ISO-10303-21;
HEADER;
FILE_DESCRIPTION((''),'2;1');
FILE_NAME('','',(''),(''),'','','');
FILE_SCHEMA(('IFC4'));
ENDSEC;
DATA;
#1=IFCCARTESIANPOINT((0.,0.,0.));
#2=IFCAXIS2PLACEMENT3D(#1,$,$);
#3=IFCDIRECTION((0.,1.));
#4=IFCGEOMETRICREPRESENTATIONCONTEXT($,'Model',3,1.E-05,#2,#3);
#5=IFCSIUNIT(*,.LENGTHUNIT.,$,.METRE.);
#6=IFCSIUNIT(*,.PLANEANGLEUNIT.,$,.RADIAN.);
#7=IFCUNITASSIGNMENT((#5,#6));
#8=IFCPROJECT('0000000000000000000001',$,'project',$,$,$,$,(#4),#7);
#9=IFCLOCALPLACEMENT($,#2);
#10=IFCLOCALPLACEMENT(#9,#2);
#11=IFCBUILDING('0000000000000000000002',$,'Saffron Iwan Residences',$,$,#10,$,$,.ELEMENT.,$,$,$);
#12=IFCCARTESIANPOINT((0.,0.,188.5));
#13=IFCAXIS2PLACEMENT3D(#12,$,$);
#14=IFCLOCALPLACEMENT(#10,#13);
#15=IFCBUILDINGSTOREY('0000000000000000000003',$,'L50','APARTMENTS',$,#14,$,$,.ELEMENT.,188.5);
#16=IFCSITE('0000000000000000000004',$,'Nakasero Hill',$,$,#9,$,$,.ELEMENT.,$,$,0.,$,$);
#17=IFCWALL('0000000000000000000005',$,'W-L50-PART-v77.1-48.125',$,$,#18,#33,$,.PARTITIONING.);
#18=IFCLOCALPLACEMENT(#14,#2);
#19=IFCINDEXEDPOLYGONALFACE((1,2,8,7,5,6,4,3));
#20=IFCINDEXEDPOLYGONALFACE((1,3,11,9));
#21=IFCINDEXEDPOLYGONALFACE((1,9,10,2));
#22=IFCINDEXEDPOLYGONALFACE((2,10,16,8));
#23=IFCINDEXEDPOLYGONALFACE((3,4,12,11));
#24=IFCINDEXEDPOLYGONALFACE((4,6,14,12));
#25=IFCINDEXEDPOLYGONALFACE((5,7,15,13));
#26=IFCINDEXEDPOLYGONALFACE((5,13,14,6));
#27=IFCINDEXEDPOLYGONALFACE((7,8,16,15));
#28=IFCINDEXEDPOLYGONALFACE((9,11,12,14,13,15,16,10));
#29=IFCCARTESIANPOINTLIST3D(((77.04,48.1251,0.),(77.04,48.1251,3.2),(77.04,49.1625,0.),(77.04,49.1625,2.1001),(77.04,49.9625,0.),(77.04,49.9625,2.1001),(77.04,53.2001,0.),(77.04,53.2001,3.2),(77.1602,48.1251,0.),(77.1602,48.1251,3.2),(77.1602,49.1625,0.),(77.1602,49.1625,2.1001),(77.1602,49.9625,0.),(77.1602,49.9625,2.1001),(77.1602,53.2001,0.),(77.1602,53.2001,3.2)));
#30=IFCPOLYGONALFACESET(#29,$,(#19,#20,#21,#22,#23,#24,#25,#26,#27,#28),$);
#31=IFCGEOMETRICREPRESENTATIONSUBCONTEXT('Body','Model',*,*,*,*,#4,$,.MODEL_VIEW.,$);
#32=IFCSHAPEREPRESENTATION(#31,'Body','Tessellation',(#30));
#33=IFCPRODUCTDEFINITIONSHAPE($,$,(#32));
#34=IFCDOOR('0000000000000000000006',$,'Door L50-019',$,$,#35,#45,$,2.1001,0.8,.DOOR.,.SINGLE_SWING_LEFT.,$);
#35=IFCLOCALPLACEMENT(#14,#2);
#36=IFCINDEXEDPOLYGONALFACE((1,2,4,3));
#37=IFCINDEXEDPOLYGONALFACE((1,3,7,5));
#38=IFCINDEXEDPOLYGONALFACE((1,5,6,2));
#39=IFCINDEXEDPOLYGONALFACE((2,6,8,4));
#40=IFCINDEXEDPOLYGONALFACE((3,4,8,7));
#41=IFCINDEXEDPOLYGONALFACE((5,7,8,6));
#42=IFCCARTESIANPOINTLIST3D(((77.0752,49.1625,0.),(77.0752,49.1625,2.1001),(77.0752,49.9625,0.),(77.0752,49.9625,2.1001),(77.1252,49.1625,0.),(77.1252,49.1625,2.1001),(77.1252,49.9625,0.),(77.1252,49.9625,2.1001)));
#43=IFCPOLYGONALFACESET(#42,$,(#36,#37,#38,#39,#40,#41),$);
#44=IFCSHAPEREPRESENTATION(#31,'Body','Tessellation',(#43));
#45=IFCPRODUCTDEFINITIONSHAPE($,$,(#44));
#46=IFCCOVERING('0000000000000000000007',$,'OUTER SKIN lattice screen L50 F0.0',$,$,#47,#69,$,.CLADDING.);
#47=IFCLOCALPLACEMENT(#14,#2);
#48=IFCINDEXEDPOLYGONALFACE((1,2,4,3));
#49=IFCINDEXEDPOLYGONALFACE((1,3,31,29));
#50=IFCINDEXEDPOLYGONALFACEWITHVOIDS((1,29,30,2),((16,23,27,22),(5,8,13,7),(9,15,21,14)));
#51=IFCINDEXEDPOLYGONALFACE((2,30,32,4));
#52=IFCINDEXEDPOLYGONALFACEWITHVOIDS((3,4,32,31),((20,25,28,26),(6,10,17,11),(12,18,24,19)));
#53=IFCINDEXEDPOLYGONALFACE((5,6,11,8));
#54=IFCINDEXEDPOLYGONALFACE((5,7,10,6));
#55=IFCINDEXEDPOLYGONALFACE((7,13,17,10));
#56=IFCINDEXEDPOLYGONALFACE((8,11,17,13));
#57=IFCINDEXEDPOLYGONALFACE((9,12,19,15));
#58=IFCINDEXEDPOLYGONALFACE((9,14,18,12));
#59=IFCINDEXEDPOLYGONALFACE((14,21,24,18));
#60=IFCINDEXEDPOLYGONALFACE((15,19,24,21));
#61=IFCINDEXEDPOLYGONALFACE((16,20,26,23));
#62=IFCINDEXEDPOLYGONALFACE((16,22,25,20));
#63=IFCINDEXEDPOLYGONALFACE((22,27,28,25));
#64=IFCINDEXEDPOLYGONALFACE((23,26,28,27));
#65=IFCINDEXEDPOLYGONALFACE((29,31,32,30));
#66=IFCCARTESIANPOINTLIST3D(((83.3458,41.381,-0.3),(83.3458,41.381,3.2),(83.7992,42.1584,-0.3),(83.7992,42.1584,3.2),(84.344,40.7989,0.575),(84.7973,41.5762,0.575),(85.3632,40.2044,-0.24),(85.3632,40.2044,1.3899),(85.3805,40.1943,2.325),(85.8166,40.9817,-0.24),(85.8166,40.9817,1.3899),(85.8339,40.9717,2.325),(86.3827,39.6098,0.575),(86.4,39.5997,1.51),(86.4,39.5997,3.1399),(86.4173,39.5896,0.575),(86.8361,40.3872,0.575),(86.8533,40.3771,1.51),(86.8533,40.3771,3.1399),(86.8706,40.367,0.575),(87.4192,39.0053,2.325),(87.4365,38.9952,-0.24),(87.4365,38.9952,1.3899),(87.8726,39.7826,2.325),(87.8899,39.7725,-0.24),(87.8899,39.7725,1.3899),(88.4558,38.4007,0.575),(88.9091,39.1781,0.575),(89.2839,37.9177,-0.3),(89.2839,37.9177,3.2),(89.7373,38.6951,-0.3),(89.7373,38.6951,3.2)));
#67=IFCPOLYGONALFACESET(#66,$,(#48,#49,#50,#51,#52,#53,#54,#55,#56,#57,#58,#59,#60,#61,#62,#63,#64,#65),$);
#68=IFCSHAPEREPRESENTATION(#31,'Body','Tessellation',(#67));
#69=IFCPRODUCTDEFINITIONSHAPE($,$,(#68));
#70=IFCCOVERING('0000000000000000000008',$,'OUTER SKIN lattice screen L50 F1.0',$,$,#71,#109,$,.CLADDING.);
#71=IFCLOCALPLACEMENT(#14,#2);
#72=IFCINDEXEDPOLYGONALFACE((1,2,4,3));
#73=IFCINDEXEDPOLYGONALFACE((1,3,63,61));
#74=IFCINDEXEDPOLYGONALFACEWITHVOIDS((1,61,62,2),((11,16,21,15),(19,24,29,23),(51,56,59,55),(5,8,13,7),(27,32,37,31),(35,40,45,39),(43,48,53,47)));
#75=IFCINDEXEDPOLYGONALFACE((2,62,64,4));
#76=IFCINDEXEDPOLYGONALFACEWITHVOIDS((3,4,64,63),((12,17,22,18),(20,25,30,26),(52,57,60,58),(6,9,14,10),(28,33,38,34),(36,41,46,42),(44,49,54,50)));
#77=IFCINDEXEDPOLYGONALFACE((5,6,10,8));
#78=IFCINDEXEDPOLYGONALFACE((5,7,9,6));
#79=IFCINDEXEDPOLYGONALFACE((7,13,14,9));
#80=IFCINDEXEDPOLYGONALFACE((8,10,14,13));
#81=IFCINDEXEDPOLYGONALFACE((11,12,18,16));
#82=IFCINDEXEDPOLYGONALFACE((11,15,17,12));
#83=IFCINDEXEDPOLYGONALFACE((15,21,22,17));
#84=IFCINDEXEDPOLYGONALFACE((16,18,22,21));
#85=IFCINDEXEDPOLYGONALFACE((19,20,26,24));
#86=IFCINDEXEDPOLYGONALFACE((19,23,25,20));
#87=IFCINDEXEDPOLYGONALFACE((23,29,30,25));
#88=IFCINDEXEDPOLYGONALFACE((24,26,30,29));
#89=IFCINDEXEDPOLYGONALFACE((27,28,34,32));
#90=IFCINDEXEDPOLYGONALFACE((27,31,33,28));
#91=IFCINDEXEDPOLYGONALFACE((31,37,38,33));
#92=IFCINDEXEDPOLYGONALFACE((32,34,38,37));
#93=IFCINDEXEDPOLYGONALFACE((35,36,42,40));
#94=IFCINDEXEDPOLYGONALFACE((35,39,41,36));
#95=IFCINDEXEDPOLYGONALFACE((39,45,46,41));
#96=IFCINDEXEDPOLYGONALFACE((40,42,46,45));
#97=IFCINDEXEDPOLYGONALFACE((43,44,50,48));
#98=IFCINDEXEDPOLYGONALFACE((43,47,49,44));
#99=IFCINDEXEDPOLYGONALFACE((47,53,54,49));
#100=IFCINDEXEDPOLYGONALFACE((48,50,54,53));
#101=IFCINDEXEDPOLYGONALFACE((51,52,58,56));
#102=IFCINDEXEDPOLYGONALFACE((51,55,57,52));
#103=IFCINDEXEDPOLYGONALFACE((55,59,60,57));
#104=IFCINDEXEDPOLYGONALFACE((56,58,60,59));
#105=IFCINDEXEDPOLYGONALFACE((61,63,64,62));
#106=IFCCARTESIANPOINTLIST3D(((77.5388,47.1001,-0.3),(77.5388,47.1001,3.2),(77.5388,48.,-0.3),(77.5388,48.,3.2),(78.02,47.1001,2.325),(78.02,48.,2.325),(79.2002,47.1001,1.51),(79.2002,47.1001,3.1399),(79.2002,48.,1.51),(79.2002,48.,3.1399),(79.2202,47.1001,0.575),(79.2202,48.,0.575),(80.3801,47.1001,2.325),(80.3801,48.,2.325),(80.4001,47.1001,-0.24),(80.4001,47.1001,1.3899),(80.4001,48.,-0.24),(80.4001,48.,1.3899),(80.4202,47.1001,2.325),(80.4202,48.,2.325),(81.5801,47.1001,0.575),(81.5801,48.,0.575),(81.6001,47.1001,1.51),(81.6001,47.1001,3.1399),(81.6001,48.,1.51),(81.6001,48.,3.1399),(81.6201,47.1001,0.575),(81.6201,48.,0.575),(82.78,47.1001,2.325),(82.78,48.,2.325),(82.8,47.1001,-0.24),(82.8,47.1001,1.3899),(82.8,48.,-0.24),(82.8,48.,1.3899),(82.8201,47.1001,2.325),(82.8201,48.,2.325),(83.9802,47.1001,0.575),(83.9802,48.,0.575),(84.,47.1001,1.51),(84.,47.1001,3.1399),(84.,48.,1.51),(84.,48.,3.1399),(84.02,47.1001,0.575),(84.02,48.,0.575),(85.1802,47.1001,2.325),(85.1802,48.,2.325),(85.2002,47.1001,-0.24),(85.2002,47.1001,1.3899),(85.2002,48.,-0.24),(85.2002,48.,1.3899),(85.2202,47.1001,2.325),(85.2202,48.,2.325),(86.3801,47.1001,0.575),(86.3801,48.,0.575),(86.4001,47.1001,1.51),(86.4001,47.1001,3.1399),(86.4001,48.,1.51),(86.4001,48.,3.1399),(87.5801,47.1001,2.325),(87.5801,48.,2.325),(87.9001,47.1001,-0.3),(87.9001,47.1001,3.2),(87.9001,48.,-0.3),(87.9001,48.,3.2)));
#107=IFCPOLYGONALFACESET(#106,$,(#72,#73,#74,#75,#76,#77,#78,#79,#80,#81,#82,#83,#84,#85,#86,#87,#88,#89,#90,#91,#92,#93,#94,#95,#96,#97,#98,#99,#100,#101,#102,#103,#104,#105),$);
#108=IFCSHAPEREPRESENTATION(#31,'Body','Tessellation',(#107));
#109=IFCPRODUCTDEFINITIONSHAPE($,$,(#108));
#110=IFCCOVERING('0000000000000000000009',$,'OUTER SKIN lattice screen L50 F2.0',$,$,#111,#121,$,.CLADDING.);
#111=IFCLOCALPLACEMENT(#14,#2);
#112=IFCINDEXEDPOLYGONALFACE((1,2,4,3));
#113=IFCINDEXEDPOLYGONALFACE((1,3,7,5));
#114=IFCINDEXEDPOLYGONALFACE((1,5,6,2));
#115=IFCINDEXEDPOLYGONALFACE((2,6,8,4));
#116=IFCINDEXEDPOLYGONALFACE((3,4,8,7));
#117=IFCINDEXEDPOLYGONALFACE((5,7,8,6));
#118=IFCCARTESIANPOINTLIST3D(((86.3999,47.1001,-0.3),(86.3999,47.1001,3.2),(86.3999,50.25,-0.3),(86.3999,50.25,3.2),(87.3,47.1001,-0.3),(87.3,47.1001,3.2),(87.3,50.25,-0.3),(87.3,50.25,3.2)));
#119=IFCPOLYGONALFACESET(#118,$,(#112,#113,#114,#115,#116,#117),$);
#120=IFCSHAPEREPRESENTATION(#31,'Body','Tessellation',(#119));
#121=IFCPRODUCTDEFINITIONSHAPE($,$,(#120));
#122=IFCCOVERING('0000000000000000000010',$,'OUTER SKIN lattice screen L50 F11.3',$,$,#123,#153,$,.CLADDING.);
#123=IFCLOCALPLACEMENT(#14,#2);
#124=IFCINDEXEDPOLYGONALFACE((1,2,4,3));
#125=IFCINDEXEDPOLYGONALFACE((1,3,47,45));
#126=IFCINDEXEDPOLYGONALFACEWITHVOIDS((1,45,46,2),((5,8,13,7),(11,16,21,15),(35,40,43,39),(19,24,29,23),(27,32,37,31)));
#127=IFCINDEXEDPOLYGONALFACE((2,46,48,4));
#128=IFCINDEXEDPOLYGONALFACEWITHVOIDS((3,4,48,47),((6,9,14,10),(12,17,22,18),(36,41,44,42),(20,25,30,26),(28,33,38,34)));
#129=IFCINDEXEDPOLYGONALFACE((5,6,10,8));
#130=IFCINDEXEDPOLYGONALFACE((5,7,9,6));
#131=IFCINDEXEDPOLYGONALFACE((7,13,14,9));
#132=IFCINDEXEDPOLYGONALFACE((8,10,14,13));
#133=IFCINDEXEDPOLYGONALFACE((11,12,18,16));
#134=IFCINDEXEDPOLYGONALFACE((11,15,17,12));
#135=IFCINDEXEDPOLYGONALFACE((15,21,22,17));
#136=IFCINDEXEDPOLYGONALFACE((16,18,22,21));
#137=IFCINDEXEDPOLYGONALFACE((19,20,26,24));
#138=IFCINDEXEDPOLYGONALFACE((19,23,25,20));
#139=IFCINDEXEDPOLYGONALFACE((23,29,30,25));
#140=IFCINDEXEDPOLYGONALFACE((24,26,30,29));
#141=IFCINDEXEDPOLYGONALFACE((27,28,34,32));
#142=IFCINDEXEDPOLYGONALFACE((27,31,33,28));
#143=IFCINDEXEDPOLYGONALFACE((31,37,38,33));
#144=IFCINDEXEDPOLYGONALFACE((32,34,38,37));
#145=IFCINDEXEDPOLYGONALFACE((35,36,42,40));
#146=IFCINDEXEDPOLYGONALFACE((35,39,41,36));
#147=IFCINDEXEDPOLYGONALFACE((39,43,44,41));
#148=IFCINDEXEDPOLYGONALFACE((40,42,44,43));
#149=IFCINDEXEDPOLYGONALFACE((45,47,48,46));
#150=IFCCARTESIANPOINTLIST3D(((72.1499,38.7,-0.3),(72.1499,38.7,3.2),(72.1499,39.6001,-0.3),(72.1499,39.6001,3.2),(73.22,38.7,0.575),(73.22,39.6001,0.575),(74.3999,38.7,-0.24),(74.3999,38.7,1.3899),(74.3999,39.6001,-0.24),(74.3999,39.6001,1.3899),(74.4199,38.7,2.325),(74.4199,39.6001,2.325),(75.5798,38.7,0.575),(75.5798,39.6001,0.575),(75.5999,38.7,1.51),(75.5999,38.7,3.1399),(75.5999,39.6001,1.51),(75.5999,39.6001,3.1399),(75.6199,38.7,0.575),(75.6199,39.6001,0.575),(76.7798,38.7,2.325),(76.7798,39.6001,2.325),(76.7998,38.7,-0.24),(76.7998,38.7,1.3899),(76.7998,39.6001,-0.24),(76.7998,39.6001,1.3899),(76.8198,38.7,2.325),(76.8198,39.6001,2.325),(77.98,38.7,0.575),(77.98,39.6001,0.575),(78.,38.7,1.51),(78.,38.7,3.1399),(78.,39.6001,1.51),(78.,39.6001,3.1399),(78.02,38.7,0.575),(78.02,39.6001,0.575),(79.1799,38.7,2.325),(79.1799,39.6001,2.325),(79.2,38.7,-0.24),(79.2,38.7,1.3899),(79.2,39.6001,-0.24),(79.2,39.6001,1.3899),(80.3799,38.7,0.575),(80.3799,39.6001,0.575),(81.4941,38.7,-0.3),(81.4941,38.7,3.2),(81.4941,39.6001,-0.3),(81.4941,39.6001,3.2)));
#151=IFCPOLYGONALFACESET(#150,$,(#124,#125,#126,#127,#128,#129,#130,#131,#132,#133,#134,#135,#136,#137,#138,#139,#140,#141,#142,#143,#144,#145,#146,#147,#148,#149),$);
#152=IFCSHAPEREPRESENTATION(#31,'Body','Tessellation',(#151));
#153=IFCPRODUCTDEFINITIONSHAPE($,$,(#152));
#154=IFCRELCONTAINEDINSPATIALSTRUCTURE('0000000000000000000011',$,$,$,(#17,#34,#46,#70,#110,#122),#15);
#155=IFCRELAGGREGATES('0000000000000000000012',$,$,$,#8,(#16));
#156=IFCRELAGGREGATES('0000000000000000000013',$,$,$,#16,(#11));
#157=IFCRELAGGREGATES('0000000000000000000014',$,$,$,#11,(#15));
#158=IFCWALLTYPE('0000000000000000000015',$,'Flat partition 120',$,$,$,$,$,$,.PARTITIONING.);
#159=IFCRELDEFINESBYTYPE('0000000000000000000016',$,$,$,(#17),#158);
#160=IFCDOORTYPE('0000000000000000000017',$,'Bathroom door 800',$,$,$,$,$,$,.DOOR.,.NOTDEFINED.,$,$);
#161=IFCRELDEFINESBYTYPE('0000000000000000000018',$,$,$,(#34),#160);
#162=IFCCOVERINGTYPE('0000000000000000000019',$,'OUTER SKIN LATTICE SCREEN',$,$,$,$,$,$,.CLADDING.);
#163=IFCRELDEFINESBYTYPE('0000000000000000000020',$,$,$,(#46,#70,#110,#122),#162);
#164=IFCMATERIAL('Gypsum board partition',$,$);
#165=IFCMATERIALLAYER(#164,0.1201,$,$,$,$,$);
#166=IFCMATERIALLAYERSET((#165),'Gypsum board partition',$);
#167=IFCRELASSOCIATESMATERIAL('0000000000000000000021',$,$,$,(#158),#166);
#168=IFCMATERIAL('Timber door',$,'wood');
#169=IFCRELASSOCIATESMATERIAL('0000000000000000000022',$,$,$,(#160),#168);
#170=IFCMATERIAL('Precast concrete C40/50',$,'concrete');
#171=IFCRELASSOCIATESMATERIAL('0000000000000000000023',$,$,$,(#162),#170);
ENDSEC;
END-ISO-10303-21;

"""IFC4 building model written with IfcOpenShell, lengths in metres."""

from ifc_helpers import new_model, si_unit, direction, frame, frame_2d, origin, place, context, subcontext, project, spatial, polyline, rectangle, outline, extrude, material, layer, layer_set, type_object, element, fill, save


model = new_model("IFC4")

# Units and contexts
model_context = context("Model", 3, precision=1e-05, world=origin(), true_north=direction((0.0, 1.0)))
body_context = subcontext(model_context, "Body", "Model", "MODEL_VIEW")
ifc_project = project(units=[si_unit("LENGTHUNIT", "METRE"), si_unit("PLANEANGLEUNIT", "RADIAN")], contexts=[model_context])

# Site, building, storey
site_placement = place(None, origin())
site = spatial("IfcSite", under=ifc_project, at=site_placement, Name="Nakasero Hill", CompositionType="ELEMENT", RefElevation=0.0)
building_placement = place(site_placement, origin())
building = spatial("IfcBuilding", under=site, at=building_placement, Name="Saffron Iwan Residences", CompositionType="ELEMENT")
storey_placement = place(building_placement, frame((0.0, 0.0, 188.5)))
storey = spatial("IfcBuildingStorey", under=building, at=storey_placement, Name="L50", Description="APARTMENTS", CompositionType="ELEMENT", Elevation=188.5)

# Shared definitions
ifc_material_1 = material(Name="Gypsum board partition")
ifc_layer_1 = layer(ifc_material_1, 0.1201)
ifc_layer_set_1 = layer_set([ifc_layer_1], Name="Gypsum board partition")
wall_type_1 = type_object("IfcWallType", Name="Flat partition 120", PredefinedType="PARTITIONING", material=ifc_layer_set_1)
ifc_material_2 = material(Name="Timber door", Category="wood")

# Shared definitions
door_type_1 = type_object("IfcDoorType", Name="Bathroom door 800", OperationType="NOTDEFINED", PredefinedType="DOOR", material=ifc_material_2)

# Wall, opening, door
wall_1_placement = place(storey_placement, frame((77.1001, 48.125, 0.0), z_axis=(0.0, 0.0, 1.0), x_axis=(0.0, 1.0, 0.0)))
wall_1 = element("IfcWall", 1, at=wall_1_placement, inside=storey, type_object=wall_type_1, Name="W-L50-PART-v77.1-48.125", PredefinedType="PARTITIONING", context=body_context, shape_type="SweptSolid", body=[
    extrude(rectangle(XDim=5.075, YDim=0.1201, at=frame_2d((2.5376, 0.0))), origin(), (0.0, 0.0, 1.0), 3.2),
])
opening_1_placement = place(wall_1_placement, frame((1.0376, 0.0, 0.0)))
opening_1 = element("IfcOpeningElement", 2, at=opening_1_placement, cuts=wall_1, PredefinedType="OPENING", context=body_context, shape_type="SweptSolid", body=[
    extrude(rectangle(XDim=0.8, YDim=2.1001, at=frame_2d((0.3999, 1.05))), frame((0.0, 0.0701, 0.0), z_axis=(0.0, -1.0, 0.0), x_axis=(1.0, 0.0, 0.0)), (0.0, 0.0, 1.0), 0.1401),
])
door_1_placement = place(opening_1_placement, origin())
door_1 = element("IfcDoor", 3, at=door_1_placement, inside=storey, type_object=door_type_1, Name="Door L50-019", OperationType="SINGLE_SWING_LEFT", OverallHeight=2.1001, OverallWidth=0.8, PredefinedType="DOOR", context=body_context, shape_type="SweptSolid", body=[
    extrude(rectangle(XDim=0.8, YDim=2.1001, at=frame_2d((0.3999, 1.05))), frame((0.0, 0.0249, 0.0), z_axis=(0.0, -1.0, 0.0), x_axis=(1.0, 0.0, 0.0)), (0.0, 0.0, 1.0), 0.05),
])
fill(opening_1, door_1)

# Coverings
ifc_material_3 = material(Name="Precast concrete C40/50", Category="concrete")
covering_type = type_object("IfcCoveringType", Name="OUTER SKIN LATTICE SCREEN", PredefinedType="CLADDING", material=ifc_material_3)
covering_1_placement = place(storey_placement, frame((89.2839, 37.9177, -0.3), z_axis=(0.503804, 0.863818, 0.0), x_axis=(-0.863818, 0.503804, 0.0)))
element("IfcCovering", 4, at=covering_1_placement, inside=storey, type_object=covering_type, Name="OUTER SKIN lattice screen L50 F0.0", PredefinedType="CLADDING", context=body_context, shape_type="SweptSolid", body=[
    extrude(outline(polyline([(0.0, 0.0), (6.8743, 0.0), (6.8743, 3.5), (0.0, 3.5), (0.0, 0.0)]), holes=[polyline([(0.9587, 0.875), (2.1387, 0.0601), (3.3186, 0.875), (2.1387, 1.6899), (0.9587, 0.875)]), polyline([(3.3586, 0.875), (4.5388, 0.0601), (5.7188, 0.875), (4.5388, 1.6899), (3.3586, 0.875)]), polyline([(2.1587, 2.625), (3.3386, 1.8101), (4.5188, 2.625), (3.3386, 3.4399), (2.1587, 2.625)])]), origin(), (0.0, 0.0, 1.0), 0.8999),
])
covering_2_placement = place(storey_placement, frame((77.5388, 48.0, -0.3), z_axis=(0.0, -1.0, 0.0), x_axis=(1.0, 0.0, 0.0)))
element("IfcCovering", 5, at=covering_2_placement, inside=storey, type_object=covering_type, Name="OUTER SKIN lattice screen L50 F1.0", PredefinedType="CLADDING", context=body_context, shape_type="SweptSolid", body=[
    extrude(outline(polyline([(0.0, 0.0), (10.3613, 0.0), (10.3613, 3.5), (0.0, 3.5), (0.0, 0.0)]), holes=[polyline([(1.6814, 0.875), (2.8613, 0.0601), (4.0413, 0.875), (2.8613, 1.6899), (1.6814, 0.875)]), polyline([(4.0813, 0.875), (5.2612, 0.0601), (6.4414, 0.875), (5.2612, 1.6899), (4.0813, 0.875)]), polyline([(6.4812, 0.875), (7.6614, 0.0601), (8.8413, 0.875), (7.6614, 1.6899), (6.4812, 0.875)]), polyline([(0.4812, 2.625), (1.6614, 1.8101), (2.8413, 2.625), (1.6614, 3.4399), (0.4812, 2.625)]), polyline([(2.8813, 2.625), (4.0613, 1.8101), (5.2412, 2.625), (4.0613, 3.4399), (2.8813, 2.625)]), polyline([(5.2812, 2.625), (6.4612, 1.8101), (7.6414, 2.625), (6.4612, 3.4399), (5.2812, 2.625)]), polyline([(7.6814, 2.625), (8.8613, 1.8101), (10.0413, 2.625), (8.8613, 3.4399), (7.6814, 2.625)])]), origin(), (0.0, 0.0, 1.0), 0.8999),
])
covering_3_placement = place(storey_placement, frame((86.3999, 47.1001, -0.3), z_axis=(1.0, 0.0, 0.0), x_axis=(0.0, 1.0, 0.0)))
element("IfcCovering", 6, at=covering_3_placement, inside=storey, type_object=covering_type, Name="OUTER SKIN lattice screen L50 F2.0", PredefinedType="CLADDING", context=body_context, shape_type="SweptSolid", body=[
    extrude(outline(polyline([(0.0, 0.0), (3.1499, 0.0), (3.1499, 3.5), (0.0, 3.5), (0.0, 0.0)])), origin(), (0.0, 0.0, 1.0), 0.9001),
])
covering_4_placement = place(storey_placement, frame((72.1499, 39.6001, -0.3), z_axis=(0.0, -1.0, 0.0), x_axis=(1.0, 0.0, 0.0)))
element("IfcCovering", 7, at=covering_4_placement, inside=storey, type_object=covering_type, Name="OUTER SKIN lattice screen L50 F11.3", PredefinedType="CLADDING", context=body_context, shape_type="SweptSolid", body=[
    extrude(outline(polyline([(0.0, 0.0), (9.3442, 0.0), (9.3442, 3.5), (0.0, 3.5), (0.0, 0.0)]), holes=[polyline([(1.0701, 0.875), (2.25, 0.0601), (3.4299, 0.875), (2.25, 1.6899), (1.0701, 0.875)]), polyline([(3.47, 0.875), (4.6499, 0.0601), (5.8301, 0.875), (4.6499, 1.6899), (3.47, 0.875)]), polyline([(5.8701, 0.875), (7.05, 0.0601), (8.23, 0.875), (7.05, 1.6899), (5.8701, 0.875)]), polyline([(2.27, 2.625), (3.45, 1.8101), (4.6299, 2.625), (3.45, 3.4399), (2.27, 2.625)]), polyline([(4.6699, 2.625), (5.8501, 1.8101), (7.03, 2.625), (5.8501, 3.4399), (4.6699, 2.625)])]), origin(), (0.0, 0.0, 1.0), 0.9001),
])

save(model, "model.ifc")
